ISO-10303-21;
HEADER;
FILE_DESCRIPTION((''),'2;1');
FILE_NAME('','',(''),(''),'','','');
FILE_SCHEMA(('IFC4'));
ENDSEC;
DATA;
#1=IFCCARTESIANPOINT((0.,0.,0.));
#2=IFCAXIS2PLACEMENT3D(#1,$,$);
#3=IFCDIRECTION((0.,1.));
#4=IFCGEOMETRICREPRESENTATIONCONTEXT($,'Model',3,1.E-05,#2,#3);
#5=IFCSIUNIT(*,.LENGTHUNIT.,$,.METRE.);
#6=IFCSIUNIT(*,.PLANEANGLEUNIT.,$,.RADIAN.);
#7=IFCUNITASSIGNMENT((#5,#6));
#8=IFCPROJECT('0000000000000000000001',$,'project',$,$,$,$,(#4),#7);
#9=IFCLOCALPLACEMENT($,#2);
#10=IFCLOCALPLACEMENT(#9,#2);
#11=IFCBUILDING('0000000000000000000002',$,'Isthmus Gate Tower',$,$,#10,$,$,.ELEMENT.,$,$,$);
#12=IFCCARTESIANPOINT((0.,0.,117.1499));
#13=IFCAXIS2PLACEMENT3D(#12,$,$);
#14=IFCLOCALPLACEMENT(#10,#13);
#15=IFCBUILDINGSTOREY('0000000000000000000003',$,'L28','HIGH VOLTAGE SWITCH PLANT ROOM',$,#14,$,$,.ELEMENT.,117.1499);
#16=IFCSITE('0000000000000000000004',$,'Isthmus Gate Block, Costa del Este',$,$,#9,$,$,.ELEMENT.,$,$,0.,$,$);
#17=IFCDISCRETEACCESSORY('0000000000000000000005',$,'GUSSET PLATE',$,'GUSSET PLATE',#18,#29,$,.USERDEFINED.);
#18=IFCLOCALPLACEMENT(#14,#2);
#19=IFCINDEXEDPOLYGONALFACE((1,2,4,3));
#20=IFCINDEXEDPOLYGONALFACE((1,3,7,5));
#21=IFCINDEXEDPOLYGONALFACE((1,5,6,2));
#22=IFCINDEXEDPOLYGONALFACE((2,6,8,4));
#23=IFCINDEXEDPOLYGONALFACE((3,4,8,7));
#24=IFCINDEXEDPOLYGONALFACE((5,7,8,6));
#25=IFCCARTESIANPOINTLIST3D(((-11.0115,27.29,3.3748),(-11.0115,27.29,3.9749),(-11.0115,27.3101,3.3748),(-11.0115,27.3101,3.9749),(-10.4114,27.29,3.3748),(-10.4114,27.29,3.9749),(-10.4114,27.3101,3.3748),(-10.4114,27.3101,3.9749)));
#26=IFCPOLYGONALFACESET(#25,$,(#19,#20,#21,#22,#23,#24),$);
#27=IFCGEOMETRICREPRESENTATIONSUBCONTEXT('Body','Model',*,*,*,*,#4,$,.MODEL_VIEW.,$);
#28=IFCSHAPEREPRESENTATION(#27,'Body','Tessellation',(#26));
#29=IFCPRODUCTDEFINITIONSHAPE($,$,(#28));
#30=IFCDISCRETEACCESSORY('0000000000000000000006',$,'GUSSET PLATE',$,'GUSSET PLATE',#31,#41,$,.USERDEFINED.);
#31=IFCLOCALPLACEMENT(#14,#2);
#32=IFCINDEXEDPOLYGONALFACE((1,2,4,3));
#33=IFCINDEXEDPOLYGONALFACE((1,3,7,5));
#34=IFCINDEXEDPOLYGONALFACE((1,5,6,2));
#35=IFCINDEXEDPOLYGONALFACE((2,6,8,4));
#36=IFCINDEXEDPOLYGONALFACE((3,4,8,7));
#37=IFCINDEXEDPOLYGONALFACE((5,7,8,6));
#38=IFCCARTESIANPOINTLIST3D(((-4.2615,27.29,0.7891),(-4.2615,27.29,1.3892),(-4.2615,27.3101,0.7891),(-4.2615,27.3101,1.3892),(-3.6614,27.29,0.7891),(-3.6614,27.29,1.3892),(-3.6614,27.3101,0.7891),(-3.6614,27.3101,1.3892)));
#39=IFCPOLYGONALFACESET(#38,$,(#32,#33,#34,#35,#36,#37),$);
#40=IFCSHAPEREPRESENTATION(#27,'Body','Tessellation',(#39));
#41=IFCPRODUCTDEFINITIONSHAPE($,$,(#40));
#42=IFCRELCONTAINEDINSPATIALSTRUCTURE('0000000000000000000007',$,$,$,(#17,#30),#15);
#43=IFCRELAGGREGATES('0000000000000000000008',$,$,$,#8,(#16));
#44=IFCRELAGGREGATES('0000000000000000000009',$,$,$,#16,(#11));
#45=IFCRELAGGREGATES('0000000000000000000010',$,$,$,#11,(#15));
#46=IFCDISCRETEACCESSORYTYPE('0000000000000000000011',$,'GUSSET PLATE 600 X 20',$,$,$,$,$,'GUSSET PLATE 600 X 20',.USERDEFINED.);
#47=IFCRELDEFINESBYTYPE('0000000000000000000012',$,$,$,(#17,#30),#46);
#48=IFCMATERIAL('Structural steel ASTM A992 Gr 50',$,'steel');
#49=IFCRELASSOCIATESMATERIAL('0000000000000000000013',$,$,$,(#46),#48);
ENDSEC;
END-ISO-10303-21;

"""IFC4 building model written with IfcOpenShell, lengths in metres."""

from ifc_helpers import new_model, si_unit, direction, frame, origin, origin_2d, place, context, subcontext, project, spatial, rectangle, extrude, material, type_object, element, save


model = new_model("IFC4")

# Units and contexts
model_context = context("Model", 3, precision=1e-05, world=origin(), true_north=direction((0.0, 1.0)))
body_context = subcontext(model_context, "Body", "Model", "MODEL_VIEW")
ifc_project = project(units=[si_unit("LENGTHUNIT", "METRE"), si_unit("PLANEANGLEUNIT", "RADIAN")], contexts=[model_context])

# Site, building, storey
site_placement = place(None, origin())
site = spatial("IfcSite", under=ifc_project, at=site_placement, Name="Isthmus Gate Block, Costa del Este", CompositionType="ELEMENT", RefElevation=0.0)
building_placement = place(site_placement, origin())
building = spatial("IfcBuilding", under=site, at=building_placement, Name="Isthmus Gate Tower", CompositionType="ELEMENT")
storey_placement = place(building_placement, frame((0.0, 0.0, 117.1499)))
storey = spatial("IfcBuildingStorey", under=building, at=storey_placement, Name="L28", Description="HIGH VOLTAGE SWITCH PLANT ROOM", CompositionType="ELEMENT", Elevation=117.1499)

# Discrete accessories
ifc_material_1 = material(Name="Structural steel ASTM A992 Gr 50", Category="steel")
discrete_accessory_type_1 = type_object("IfcDiscreteAccessoryType", Name="GUSSET PLATE 600 X 20", ElementType="GUSSET PLATE 600 X 20", PredefinedType="USERDEFINED", material=ifc_material_1)
for number, where, z_axis, x_axis, name in (
    (1, (-10.7114, 27.3, 3.3748), (0.0, 0.0, 1.0), (-1.0, 0.0, 0.0), "GUSSET PLATE"),
    (2, (-3.9614, 27.3, 0.7891), (0.0, 0.0, 1.0), (1.0, 0.0, 0.0), "GUSSET PLATE"),
):
    element("IfcDiscreteAccessory", number, at=place(storey_placement, frame(where, z_axis=z_axis, x_axis=x_axis)), inside=storey, type_object=discrete_accessory_type_1, Name=name, ObjectType="GUSSET PLATE", PredefinedType="USERDEFINED", context=body_context, shape_type="SweptSolid", body=[
        extrude(rectangle(XDim=0.6001, YDim=0.02, at=origin_2d()), origin(), (0.0, 0.0, 1.0), 0.6001),
    ])

save(model, "model.ifc")
